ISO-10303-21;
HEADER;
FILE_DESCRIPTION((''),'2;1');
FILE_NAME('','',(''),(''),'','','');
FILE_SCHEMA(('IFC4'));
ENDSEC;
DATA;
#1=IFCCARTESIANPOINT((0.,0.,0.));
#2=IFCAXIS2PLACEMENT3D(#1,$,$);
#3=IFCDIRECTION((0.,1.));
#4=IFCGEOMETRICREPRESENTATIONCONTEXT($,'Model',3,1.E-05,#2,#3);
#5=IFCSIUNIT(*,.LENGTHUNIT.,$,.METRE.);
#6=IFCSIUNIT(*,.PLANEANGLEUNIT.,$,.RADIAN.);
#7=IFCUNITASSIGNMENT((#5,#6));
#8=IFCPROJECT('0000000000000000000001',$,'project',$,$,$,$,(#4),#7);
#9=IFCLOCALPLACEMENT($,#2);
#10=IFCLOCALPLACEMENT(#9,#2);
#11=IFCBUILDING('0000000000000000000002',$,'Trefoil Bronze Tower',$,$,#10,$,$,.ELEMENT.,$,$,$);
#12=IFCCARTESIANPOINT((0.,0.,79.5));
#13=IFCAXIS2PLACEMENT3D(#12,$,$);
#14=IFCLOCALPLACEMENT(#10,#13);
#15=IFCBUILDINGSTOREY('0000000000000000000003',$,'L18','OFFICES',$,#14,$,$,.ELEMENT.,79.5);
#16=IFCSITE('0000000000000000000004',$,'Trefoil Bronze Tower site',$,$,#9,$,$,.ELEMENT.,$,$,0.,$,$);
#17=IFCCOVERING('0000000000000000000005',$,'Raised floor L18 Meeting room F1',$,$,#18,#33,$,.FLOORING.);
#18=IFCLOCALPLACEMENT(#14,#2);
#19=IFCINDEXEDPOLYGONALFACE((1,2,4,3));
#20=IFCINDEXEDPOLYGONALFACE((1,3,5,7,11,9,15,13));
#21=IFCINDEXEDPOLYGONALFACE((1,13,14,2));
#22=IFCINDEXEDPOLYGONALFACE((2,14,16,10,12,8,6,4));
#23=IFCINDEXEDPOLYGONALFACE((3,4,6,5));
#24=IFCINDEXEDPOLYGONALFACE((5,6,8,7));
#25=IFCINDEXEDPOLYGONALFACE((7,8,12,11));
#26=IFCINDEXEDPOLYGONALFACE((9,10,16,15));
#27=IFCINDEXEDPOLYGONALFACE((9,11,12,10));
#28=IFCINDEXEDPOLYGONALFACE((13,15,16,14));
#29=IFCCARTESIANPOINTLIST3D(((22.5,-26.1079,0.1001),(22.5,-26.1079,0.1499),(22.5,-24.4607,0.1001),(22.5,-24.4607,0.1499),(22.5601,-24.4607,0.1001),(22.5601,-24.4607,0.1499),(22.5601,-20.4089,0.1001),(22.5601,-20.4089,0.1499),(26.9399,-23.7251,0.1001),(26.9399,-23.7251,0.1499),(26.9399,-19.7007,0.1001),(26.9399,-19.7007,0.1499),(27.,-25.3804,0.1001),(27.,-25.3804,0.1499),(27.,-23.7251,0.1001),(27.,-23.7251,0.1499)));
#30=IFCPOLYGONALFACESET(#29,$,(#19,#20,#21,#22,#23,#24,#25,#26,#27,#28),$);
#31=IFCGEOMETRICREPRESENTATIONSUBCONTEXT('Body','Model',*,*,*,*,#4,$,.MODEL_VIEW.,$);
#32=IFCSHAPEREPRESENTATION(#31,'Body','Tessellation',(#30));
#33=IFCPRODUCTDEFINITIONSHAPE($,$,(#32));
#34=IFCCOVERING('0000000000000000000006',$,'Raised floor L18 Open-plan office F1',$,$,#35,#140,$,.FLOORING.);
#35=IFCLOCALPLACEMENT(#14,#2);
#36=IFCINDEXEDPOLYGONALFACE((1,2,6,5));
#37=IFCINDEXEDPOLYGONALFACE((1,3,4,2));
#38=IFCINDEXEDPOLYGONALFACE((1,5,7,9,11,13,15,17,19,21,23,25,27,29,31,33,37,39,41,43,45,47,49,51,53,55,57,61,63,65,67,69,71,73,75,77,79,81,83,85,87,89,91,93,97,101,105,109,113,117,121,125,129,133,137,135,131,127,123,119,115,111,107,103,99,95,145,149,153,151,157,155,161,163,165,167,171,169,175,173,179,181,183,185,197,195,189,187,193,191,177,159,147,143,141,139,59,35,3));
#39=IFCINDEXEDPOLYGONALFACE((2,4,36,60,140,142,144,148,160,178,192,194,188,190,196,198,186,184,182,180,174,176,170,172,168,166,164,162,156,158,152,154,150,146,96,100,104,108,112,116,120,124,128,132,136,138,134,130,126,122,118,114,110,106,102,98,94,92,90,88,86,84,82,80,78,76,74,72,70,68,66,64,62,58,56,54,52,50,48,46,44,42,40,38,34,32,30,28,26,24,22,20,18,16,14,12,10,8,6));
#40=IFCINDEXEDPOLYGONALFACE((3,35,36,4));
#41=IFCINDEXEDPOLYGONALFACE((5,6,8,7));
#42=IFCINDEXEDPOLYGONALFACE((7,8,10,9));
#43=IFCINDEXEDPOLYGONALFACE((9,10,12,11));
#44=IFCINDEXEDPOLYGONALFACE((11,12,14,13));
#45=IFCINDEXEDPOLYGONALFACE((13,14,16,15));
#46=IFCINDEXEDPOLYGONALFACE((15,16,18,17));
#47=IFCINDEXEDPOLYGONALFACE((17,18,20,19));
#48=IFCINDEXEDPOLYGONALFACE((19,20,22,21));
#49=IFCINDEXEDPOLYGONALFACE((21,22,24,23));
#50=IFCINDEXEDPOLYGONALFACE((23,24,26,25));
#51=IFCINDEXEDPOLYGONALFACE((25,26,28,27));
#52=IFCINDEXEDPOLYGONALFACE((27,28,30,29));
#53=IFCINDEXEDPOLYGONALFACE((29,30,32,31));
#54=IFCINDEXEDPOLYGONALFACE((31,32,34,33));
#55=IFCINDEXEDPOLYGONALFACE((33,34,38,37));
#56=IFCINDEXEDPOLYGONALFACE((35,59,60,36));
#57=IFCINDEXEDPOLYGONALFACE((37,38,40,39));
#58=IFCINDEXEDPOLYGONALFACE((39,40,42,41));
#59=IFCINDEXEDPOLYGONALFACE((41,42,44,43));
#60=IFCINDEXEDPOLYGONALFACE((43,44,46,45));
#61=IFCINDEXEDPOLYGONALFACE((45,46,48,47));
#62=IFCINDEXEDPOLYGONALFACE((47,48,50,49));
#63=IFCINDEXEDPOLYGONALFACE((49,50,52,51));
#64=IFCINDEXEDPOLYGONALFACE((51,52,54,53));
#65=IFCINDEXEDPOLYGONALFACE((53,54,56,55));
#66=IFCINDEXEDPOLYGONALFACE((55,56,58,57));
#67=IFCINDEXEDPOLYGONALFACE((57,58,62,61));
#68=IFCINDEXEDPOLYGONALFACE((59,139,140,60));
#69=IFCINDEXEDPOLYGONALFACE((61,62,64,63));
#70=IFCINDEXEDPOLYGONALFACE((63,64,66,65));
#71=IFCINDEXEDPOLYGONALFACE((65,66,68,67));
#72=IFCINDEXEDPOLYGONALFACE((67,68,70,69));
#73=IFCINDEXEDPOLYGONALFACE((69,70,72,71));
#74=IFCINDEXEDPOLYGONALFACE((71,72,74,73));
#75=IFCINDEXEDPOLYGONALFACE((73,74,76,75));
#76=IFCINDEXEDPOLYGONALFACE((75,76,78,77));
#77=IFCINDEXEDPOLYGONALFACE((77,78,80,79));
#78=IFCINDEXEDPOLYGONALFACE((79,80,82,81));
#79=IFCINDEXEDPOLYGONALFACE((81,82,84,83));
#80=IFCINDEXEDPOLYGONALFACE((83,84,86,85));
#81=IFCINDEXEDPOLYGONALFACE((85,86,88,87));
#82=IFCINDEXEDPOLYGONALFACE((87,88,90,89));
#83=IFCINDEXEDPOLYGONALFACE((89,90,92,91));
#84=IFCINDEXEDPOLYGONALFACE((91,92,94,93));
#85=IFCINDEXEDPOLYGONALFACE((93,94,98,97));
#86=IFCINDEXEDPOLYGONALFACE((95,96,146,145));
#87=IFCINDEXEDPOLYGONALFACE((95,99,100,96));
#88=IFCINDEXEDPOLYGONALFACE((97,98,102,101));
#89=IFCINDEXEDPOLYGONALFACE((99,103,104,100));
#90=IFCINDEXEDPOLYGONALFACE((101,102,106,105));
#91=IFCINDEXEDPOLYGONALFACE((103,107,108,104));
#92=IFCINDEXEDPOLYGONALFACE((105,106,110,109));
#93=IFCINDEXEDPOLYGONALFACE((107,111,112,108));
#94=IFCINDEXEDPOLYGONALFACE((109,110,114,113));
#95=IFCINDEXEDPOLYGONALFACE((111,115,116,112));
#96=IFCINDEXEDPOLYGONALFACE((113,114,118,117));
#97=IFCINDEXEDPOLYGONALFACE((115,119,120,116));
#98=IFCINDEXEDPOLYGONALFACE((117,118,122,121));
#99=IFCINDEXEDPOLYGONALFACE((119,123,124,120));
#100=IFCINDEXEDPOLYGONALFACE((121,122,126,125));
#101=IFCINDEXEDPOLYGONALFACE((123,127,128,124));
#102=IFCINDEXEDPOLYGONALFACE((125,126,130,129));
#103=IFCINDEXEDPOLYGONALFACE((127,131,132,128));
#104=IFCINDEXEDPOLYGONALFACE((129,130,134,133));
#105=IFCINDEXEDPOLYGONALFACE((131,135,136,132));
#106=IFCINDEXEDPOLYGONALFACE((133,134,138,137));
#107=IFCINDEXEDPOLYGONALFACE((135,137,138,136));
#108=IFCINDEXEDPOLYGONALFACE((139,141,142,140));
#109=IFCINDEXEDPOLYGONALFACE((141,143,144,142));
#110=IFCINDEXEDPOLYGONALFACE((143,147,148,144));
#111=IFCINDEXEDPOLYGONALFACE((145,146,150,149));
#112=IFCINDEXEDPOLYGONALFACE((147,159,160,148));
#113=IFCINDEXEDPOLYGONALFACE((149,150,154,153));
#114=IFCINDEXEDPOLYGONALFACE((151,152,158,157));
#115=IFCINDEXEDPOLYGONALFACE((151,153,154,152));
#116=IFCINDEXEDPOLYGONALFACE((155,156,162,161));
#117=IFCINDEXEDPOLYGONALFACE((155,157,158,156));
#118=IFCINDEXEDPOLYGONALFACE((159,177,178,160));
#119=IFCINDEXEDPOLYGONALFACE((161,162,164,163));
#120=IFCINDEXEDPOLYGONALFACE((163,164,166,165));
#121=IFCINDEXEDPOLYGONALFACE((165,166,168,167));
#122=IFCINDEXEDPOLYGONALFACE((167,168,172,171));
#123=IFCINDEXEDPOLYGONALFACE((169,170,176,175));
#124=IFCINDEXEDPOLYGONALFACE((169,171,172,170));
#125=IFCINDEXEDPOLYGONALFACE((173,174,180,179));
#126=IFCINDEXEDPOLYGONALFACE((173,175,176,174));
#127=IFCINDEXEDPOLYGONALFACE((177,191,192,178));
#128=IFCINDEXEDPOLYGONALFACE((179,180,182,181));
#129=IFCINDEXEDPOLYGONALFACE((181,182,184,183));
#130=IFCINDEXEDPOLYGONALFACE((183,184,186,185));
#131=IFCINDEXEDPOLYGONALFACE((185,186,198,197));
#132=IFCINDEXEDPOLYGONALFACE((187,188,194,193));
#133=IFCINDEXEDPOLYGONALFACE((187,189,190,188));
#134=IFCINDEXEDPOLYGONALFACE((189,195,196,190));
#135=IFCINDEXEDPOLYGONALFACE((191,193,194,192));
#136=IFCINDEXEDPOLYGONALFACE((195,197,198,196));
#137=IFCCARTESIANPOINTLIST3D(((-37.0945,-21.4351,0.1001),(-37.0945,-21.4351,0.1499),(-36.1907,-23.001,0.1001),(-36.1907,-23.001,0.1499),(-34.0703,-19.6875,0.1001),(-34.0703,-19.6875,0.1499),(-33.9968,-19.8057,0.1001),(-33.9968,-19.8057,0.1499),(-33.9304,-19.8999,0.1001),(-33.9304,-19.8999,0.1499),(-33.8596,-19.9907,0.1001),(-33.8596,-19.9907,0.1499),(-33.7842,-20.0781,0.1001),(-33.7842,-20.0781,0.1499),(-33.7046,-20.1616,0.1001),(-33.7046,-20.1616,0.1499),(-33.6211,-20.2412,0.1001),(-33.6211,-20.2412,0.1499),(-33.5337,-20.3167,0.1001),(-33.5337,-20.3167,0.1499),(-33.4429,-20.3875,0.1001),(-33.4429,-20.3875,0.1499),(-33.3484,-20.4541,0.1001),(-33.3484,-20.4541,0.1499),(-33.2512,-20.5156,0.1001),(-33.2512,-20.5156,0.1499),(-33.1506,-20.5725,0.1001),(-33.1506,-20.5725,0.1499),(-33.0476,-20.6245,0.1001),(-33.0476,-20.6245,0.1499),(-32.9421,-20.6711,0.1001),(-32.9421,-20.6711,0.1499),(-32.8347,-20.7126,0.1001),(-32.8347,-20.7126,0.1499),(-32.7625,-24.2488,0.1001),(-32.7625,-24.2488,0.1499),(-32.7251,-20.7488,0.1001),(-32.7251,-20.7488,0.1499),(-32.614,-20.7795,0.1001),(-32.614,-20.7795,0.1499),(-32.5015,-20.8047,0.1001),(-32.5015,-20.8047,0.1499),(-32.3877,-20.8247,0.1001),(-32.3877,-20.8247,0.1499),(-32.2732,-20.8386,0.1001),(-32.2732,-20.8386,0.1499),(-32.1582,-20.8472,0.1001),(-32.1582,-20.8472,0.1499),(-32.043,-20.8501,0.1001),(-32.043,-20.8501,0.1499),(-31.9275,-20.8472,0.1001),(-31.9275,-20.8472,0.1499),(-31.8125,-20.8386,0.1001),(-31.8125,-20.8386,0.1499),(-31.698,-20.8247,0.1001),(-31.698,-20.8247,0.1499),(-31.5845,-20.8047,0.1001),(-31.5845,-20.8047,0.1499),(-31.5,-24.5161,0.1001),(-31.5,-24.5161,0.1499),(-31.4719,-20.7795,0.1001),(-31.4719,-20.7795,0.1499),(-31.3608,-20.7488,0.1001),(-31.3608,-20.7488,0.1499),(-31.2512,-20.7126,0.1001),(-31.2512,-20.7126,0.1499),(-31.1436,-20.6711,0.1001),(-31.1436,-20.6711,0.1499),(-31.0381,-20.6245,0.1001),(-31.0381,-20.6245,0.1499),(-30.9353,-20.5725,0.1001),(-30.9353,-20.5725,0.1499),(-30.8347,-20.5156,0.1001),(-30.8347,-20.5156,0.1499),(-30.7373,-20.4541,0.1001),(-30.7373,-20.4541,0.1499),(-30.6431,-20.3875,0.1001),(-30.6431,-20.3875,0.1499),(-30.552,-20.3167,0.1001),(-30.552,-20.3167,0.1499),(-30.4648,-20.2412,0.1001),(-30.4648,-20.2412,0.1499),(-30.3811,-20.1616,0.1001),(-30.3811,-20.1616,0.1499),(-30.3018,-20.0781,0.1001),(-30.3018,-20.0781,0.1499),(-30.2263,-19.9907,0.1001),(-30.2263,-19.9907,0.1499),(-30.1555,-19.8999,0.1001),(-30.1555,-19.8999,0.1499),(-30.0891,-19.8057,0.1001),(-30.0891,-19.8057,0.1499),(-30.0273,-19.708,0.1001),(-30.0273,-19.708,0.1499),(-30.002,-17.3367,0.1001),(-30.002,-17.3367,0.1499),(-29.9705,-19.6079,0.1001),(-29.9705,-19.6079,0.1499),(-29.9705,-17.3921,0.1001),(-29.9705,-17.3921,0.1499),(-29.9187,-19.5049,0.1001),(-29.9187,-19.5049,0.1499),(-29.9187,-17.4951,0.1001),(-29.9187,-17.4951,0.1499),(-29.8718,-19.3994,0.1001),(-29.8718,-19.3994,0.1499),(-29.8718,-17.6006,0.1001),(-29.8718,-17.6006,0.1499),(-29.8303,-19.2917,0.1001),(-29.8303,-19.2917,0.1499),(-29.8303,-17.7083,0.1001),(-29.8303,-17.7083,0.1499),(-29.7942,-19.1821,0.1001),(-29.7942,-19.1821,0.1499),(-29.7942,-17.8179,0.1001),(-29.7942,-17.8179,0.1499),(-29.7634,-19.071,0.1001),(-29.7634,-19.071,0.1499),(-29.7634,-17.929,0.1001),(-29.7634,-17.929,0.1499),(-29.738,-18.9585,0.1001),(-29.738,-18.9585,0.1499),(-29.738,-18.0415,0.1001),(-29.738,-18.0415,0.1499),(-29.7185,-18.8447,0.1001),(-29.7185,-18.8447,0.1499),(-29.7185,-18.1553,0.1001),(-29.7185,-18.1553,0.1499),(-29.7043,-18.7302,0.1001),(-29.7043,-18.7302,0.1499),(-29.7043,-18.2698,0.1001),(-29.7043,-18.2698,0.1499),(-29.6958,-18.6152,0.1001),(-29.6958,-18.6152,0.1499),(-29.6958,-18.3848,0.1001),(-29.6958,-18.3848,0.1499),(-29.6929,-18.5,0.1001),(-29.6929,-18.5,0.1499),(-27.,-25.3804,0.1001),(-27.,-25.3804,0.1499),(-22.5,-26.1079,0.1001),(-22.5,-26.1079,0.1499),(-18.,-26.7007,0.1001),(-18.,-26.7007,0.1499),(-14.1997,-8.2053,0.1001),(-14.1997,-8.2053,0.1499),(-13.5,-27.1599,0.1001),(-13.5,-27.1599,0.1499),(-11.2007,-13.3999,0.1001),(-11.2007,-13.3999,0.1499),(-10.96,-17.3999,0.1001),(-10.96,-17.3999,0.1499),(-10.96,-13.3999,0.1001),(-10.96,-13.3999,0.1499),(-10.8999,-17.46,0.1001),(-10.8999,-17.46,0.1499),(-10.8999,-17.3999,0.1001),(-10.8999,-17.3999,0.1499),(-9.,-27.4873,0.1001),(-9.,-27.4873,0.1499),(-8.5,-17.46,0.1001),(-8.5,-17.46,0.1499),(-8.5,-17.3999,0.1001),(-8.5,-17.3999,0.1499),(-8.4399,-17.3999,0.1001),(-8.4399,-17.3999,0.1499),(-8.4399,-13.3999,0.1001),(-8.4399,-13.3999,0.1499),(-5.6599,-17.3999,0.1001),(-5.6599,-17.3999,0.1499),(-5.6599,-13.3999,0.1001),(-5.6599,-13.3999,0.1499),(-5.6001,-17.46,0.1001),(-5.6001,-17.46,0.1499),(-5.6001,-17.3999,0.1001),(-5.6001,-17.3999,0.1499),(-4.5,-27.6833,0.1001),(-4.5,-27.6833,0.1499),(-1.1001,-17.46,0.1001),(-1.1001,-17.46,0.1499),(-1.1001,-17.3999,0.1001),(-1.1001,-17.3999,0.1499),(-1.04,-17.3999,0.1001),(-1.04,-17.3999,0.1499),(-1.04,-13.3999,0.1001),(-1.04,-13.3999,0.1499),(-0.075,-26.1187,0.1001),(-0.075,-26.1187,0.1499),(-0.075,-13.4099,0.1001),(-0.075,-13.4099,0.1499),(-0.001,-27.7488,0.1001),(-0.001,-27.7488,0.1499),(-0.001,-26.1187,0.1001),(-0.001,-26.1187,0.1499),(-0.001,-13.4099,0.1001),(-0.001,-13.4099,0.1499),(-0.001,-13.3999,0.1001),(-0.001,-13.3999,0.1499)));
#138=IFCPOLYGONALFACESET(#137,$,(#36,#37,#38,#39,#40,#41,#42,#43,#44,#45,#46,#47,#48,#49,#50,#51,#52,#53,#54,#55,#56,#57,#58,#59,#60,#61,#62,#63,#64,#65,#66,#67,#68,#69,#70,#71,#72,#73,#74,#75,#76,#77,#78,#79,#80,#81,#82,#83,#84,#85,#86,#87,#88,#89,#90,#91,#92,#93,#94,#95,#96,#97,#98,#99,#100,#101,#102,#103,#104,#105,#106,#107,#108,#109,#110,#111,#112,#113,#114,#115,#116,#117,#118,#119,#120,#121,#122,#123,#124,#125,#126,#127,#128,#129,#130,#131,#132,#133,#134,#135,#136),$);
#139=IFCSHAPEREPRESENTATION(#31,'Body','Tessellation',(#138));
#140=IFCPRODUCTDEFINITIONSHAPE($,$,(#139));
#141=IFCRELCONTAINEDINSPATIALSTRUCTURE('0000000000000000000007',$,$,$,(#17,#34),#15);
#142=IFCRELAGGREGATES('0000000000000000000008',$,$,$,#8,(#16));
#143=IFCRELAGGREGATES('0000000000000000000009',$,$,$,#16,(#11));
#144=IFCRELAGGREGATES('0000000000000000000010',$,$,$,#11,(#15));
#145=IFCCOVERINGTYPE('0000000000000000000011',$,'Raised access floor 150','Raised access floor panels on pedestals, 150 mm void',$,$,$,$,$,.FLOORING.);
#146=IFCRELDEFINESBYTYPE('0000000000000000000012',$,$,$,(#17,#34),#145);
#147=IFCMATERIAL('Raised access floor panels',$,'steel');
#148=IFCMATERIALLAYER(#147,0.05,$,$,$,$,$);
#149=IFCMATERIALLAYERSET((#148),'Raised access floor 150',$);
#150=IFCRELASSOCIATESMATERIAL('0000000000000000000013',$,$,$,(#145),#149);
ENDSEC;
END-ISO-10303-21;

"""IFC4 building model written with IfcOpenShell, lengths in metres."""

from ifc_helpers import new_model, si_unit, direction, frame, origin, place, context, subcontext, project, spatial, polyline, outline, extrude, material, layer, layer_set, type_object, element, save


model = new_model("IFC4")

# Units and contexts
model_context = context("Model", 3, precision=1e-05, world=origin(), true_north=direction((0.0, 1.0)))
body_context = subcontext(model_context, "Body", "Model", "MODEL_VIEW")
ifc_project = project(units=[si_unit("LENGTHUNIT", "METRE"), si_unit("PLANEANGLEUNIT", "RADIAN")], contexts=[model_context])

# Site, building, storey
site_placement = place(None, origin())
site = spatial("IfcSite", under=ifc_project, at=site_placement, Name="Trefoil Bronze Tower site", CompositionType="ELEMENT", RefElevation=0.0)
building_placement = place(site_placement, origin())
building = spatial("IfcBuilding", under=site, at=building_placement, Name="Trefoil Bronze Tower", CompositionType="ELEMENT")
storey_placement = place(building_placement, frame((0.0, 0.0, 79.5)))
storey = spatial("IfcBuildingStorey", under=building, at=storey_placement, Name="L18", Description="OFFICES", CompositionType="ELEMENT", Elevation=79.5)

# Coverings
ifc_material_1 = material(Name="Raised access floor panels", Category="steel")
ifc_layer_1 = layer(ifc_material_1, 0.05)
ifc_layer_set_1 = layer_set([ifc_layer_1], Name="Raised access floor 150")
covering_type_1 = type_object("IfcCoveringType", Name="Raised access floor 150", Description="Raised access floor panels on pedestals, 150 mm void", PredefinedType="FLOORING", material=ifc_layer_set_1)
covering_1_placement = place(storey_placement, frame((0.0, 0.0, 0.1001)))
element("IfcCovering", 1, at=covering_1_placement, inside=storey, type_object=covering_type_1, Name="Raised floor L18 Meeting room F1", PredefinedType="FLOORING", context=body_context, shape_type="SweptSolid", body=[
    extrude(outline(polyline([(27.0, -25.3804), (22.5, -26.1079), (22.5, -24.4607), (22.5601, -24.4607), (22.5601, -20.4089), (26.9399, -19.7007), (26.9399, -23.7251), (27.0, -23.7251), (27.0, -25.3804)])), origin(), (0.0, 0.0, 1.0), 0.0498),
])
covering_2_placement = place(storey_placement, frame((0.0, 0.0, 0.1001)))
element("IfcCovering", 2, at=covering_2_placement, inside=storey, type_object=covering_type_1, Name="Raised floor L18 Open-plan office F1", PredefinedType="FLOORING", context=body_context, shape_type="SweptSolid", body=[
    extrude(outline(polyline([(-30.002, -17.3367), (-14.1997, -8.2053), (-11.2007, -13.3999), (-10.96, -13.3999), (-10.96, -17.3999), (-10.8999, -17.3999), (-10.8999, -17.46), (-8.5, -17.46), (-8.5, -17.3999), (-8.4399, -17.3999), (-8.4399, -13.3999), (-5.6599, -13.3999), (-5.6599, -17.3999), (-5.6001, -17.3999), (-5.6001, -17.46), (-1.1001, -17.46), (-1.1001, -17.3999), (-1.04, -17.3999), (-1.04, -13.3999), (-0.001, -13.3999), (-0.001, -13.4099), (-0.075, -13.4099), (-0.075, -26.1187), (-0.001, -26.1187), (-0.001, -27.7488), (-4.5, -27.6833), (-9.0, -27.4873), (-13.5, -27.1599), (-18.0, -26.7007), (-22.5, -26.1079), (-27.0, -25.3804), (-31.5, -24.5161), (-32.7625, -24.2488), (-36.1907, -23.001), (-37.0945, -21.4351), (-34.0703, -19.6875), (-33.9968, -19.8057), (-33.9304, -19.8999), (-33.8596, -19.9907), (-33.7842, -20.0781), (-33.7046, -20.1616), (-33.6211, -20.2412), (-33.5337, -20.3167), (-33.4429, -20.3875), (-33.3484, -20.4541), (-33.2512, -20.5156), (-33.1506, -20.5725), (-33.0476, -20.6245), (-32.9421, -20.6711), (-32.8347, -20.7126), (-32.7251, -20.7488), (-32.614, -20.7795), (-32.5015, -20.8047), (-32.3877, -20.8247), (-32.2732, -20.8386), (-32.1582, -20.8472), (-32.043, -20.8501), (-31.9275, -20.8472), (-31.8125, -20.8386), (-31.698, -20.8247), (-31.5845, -20.8047), (-31.4719, -20.7795), (-31.3608, -20.7488), (-31.2512, -20.7126), (-31.1436, -20.6711), (-31.0381, -20.6245), (-30.9353, -20.5725), (-30.8347, -20.5156), (-30.7373, -20.4541), (-30.6431, -20.3875), (-30.552, -20.3167), (-30.4648, -20.2412), (-30.3811, -20.1616), (-30.3018, -20.0781), (-30.2263, -19.9907), (-30.1555, -19.8999), (-30.0891, -19.8057), (-30.0273, -19.708), (-29.9705, -19.6079), (-29.9187, -19.5049), (-29.8718, -19.3994), (-29.8303, -19.2917), (-29.7942, -19.1821), (-29.7634, -19.071), (-29.738, -18.9585), (-29.7185, -18.8447), (-29.7043, -18.7302), (-29.6958, -18.6152), (-29.6929, -18.5), (-29.6958, -18.3848), (-29.7043, -18.2698), (-29.7185, -18.1553), (-29.738, -18.0415), (-29.7634, -17.929), (-29.7942, -17.8179), (-29.8303, -17.7083), (-29.8718, -17.6006), (-29.9187, -17.4951), (-29.9705, -17.3921), (-30.002, -17.3367)])), origin(), (0.0, 0.0, 1.0), 0.0498),
])

save(model, "model.ifc")
